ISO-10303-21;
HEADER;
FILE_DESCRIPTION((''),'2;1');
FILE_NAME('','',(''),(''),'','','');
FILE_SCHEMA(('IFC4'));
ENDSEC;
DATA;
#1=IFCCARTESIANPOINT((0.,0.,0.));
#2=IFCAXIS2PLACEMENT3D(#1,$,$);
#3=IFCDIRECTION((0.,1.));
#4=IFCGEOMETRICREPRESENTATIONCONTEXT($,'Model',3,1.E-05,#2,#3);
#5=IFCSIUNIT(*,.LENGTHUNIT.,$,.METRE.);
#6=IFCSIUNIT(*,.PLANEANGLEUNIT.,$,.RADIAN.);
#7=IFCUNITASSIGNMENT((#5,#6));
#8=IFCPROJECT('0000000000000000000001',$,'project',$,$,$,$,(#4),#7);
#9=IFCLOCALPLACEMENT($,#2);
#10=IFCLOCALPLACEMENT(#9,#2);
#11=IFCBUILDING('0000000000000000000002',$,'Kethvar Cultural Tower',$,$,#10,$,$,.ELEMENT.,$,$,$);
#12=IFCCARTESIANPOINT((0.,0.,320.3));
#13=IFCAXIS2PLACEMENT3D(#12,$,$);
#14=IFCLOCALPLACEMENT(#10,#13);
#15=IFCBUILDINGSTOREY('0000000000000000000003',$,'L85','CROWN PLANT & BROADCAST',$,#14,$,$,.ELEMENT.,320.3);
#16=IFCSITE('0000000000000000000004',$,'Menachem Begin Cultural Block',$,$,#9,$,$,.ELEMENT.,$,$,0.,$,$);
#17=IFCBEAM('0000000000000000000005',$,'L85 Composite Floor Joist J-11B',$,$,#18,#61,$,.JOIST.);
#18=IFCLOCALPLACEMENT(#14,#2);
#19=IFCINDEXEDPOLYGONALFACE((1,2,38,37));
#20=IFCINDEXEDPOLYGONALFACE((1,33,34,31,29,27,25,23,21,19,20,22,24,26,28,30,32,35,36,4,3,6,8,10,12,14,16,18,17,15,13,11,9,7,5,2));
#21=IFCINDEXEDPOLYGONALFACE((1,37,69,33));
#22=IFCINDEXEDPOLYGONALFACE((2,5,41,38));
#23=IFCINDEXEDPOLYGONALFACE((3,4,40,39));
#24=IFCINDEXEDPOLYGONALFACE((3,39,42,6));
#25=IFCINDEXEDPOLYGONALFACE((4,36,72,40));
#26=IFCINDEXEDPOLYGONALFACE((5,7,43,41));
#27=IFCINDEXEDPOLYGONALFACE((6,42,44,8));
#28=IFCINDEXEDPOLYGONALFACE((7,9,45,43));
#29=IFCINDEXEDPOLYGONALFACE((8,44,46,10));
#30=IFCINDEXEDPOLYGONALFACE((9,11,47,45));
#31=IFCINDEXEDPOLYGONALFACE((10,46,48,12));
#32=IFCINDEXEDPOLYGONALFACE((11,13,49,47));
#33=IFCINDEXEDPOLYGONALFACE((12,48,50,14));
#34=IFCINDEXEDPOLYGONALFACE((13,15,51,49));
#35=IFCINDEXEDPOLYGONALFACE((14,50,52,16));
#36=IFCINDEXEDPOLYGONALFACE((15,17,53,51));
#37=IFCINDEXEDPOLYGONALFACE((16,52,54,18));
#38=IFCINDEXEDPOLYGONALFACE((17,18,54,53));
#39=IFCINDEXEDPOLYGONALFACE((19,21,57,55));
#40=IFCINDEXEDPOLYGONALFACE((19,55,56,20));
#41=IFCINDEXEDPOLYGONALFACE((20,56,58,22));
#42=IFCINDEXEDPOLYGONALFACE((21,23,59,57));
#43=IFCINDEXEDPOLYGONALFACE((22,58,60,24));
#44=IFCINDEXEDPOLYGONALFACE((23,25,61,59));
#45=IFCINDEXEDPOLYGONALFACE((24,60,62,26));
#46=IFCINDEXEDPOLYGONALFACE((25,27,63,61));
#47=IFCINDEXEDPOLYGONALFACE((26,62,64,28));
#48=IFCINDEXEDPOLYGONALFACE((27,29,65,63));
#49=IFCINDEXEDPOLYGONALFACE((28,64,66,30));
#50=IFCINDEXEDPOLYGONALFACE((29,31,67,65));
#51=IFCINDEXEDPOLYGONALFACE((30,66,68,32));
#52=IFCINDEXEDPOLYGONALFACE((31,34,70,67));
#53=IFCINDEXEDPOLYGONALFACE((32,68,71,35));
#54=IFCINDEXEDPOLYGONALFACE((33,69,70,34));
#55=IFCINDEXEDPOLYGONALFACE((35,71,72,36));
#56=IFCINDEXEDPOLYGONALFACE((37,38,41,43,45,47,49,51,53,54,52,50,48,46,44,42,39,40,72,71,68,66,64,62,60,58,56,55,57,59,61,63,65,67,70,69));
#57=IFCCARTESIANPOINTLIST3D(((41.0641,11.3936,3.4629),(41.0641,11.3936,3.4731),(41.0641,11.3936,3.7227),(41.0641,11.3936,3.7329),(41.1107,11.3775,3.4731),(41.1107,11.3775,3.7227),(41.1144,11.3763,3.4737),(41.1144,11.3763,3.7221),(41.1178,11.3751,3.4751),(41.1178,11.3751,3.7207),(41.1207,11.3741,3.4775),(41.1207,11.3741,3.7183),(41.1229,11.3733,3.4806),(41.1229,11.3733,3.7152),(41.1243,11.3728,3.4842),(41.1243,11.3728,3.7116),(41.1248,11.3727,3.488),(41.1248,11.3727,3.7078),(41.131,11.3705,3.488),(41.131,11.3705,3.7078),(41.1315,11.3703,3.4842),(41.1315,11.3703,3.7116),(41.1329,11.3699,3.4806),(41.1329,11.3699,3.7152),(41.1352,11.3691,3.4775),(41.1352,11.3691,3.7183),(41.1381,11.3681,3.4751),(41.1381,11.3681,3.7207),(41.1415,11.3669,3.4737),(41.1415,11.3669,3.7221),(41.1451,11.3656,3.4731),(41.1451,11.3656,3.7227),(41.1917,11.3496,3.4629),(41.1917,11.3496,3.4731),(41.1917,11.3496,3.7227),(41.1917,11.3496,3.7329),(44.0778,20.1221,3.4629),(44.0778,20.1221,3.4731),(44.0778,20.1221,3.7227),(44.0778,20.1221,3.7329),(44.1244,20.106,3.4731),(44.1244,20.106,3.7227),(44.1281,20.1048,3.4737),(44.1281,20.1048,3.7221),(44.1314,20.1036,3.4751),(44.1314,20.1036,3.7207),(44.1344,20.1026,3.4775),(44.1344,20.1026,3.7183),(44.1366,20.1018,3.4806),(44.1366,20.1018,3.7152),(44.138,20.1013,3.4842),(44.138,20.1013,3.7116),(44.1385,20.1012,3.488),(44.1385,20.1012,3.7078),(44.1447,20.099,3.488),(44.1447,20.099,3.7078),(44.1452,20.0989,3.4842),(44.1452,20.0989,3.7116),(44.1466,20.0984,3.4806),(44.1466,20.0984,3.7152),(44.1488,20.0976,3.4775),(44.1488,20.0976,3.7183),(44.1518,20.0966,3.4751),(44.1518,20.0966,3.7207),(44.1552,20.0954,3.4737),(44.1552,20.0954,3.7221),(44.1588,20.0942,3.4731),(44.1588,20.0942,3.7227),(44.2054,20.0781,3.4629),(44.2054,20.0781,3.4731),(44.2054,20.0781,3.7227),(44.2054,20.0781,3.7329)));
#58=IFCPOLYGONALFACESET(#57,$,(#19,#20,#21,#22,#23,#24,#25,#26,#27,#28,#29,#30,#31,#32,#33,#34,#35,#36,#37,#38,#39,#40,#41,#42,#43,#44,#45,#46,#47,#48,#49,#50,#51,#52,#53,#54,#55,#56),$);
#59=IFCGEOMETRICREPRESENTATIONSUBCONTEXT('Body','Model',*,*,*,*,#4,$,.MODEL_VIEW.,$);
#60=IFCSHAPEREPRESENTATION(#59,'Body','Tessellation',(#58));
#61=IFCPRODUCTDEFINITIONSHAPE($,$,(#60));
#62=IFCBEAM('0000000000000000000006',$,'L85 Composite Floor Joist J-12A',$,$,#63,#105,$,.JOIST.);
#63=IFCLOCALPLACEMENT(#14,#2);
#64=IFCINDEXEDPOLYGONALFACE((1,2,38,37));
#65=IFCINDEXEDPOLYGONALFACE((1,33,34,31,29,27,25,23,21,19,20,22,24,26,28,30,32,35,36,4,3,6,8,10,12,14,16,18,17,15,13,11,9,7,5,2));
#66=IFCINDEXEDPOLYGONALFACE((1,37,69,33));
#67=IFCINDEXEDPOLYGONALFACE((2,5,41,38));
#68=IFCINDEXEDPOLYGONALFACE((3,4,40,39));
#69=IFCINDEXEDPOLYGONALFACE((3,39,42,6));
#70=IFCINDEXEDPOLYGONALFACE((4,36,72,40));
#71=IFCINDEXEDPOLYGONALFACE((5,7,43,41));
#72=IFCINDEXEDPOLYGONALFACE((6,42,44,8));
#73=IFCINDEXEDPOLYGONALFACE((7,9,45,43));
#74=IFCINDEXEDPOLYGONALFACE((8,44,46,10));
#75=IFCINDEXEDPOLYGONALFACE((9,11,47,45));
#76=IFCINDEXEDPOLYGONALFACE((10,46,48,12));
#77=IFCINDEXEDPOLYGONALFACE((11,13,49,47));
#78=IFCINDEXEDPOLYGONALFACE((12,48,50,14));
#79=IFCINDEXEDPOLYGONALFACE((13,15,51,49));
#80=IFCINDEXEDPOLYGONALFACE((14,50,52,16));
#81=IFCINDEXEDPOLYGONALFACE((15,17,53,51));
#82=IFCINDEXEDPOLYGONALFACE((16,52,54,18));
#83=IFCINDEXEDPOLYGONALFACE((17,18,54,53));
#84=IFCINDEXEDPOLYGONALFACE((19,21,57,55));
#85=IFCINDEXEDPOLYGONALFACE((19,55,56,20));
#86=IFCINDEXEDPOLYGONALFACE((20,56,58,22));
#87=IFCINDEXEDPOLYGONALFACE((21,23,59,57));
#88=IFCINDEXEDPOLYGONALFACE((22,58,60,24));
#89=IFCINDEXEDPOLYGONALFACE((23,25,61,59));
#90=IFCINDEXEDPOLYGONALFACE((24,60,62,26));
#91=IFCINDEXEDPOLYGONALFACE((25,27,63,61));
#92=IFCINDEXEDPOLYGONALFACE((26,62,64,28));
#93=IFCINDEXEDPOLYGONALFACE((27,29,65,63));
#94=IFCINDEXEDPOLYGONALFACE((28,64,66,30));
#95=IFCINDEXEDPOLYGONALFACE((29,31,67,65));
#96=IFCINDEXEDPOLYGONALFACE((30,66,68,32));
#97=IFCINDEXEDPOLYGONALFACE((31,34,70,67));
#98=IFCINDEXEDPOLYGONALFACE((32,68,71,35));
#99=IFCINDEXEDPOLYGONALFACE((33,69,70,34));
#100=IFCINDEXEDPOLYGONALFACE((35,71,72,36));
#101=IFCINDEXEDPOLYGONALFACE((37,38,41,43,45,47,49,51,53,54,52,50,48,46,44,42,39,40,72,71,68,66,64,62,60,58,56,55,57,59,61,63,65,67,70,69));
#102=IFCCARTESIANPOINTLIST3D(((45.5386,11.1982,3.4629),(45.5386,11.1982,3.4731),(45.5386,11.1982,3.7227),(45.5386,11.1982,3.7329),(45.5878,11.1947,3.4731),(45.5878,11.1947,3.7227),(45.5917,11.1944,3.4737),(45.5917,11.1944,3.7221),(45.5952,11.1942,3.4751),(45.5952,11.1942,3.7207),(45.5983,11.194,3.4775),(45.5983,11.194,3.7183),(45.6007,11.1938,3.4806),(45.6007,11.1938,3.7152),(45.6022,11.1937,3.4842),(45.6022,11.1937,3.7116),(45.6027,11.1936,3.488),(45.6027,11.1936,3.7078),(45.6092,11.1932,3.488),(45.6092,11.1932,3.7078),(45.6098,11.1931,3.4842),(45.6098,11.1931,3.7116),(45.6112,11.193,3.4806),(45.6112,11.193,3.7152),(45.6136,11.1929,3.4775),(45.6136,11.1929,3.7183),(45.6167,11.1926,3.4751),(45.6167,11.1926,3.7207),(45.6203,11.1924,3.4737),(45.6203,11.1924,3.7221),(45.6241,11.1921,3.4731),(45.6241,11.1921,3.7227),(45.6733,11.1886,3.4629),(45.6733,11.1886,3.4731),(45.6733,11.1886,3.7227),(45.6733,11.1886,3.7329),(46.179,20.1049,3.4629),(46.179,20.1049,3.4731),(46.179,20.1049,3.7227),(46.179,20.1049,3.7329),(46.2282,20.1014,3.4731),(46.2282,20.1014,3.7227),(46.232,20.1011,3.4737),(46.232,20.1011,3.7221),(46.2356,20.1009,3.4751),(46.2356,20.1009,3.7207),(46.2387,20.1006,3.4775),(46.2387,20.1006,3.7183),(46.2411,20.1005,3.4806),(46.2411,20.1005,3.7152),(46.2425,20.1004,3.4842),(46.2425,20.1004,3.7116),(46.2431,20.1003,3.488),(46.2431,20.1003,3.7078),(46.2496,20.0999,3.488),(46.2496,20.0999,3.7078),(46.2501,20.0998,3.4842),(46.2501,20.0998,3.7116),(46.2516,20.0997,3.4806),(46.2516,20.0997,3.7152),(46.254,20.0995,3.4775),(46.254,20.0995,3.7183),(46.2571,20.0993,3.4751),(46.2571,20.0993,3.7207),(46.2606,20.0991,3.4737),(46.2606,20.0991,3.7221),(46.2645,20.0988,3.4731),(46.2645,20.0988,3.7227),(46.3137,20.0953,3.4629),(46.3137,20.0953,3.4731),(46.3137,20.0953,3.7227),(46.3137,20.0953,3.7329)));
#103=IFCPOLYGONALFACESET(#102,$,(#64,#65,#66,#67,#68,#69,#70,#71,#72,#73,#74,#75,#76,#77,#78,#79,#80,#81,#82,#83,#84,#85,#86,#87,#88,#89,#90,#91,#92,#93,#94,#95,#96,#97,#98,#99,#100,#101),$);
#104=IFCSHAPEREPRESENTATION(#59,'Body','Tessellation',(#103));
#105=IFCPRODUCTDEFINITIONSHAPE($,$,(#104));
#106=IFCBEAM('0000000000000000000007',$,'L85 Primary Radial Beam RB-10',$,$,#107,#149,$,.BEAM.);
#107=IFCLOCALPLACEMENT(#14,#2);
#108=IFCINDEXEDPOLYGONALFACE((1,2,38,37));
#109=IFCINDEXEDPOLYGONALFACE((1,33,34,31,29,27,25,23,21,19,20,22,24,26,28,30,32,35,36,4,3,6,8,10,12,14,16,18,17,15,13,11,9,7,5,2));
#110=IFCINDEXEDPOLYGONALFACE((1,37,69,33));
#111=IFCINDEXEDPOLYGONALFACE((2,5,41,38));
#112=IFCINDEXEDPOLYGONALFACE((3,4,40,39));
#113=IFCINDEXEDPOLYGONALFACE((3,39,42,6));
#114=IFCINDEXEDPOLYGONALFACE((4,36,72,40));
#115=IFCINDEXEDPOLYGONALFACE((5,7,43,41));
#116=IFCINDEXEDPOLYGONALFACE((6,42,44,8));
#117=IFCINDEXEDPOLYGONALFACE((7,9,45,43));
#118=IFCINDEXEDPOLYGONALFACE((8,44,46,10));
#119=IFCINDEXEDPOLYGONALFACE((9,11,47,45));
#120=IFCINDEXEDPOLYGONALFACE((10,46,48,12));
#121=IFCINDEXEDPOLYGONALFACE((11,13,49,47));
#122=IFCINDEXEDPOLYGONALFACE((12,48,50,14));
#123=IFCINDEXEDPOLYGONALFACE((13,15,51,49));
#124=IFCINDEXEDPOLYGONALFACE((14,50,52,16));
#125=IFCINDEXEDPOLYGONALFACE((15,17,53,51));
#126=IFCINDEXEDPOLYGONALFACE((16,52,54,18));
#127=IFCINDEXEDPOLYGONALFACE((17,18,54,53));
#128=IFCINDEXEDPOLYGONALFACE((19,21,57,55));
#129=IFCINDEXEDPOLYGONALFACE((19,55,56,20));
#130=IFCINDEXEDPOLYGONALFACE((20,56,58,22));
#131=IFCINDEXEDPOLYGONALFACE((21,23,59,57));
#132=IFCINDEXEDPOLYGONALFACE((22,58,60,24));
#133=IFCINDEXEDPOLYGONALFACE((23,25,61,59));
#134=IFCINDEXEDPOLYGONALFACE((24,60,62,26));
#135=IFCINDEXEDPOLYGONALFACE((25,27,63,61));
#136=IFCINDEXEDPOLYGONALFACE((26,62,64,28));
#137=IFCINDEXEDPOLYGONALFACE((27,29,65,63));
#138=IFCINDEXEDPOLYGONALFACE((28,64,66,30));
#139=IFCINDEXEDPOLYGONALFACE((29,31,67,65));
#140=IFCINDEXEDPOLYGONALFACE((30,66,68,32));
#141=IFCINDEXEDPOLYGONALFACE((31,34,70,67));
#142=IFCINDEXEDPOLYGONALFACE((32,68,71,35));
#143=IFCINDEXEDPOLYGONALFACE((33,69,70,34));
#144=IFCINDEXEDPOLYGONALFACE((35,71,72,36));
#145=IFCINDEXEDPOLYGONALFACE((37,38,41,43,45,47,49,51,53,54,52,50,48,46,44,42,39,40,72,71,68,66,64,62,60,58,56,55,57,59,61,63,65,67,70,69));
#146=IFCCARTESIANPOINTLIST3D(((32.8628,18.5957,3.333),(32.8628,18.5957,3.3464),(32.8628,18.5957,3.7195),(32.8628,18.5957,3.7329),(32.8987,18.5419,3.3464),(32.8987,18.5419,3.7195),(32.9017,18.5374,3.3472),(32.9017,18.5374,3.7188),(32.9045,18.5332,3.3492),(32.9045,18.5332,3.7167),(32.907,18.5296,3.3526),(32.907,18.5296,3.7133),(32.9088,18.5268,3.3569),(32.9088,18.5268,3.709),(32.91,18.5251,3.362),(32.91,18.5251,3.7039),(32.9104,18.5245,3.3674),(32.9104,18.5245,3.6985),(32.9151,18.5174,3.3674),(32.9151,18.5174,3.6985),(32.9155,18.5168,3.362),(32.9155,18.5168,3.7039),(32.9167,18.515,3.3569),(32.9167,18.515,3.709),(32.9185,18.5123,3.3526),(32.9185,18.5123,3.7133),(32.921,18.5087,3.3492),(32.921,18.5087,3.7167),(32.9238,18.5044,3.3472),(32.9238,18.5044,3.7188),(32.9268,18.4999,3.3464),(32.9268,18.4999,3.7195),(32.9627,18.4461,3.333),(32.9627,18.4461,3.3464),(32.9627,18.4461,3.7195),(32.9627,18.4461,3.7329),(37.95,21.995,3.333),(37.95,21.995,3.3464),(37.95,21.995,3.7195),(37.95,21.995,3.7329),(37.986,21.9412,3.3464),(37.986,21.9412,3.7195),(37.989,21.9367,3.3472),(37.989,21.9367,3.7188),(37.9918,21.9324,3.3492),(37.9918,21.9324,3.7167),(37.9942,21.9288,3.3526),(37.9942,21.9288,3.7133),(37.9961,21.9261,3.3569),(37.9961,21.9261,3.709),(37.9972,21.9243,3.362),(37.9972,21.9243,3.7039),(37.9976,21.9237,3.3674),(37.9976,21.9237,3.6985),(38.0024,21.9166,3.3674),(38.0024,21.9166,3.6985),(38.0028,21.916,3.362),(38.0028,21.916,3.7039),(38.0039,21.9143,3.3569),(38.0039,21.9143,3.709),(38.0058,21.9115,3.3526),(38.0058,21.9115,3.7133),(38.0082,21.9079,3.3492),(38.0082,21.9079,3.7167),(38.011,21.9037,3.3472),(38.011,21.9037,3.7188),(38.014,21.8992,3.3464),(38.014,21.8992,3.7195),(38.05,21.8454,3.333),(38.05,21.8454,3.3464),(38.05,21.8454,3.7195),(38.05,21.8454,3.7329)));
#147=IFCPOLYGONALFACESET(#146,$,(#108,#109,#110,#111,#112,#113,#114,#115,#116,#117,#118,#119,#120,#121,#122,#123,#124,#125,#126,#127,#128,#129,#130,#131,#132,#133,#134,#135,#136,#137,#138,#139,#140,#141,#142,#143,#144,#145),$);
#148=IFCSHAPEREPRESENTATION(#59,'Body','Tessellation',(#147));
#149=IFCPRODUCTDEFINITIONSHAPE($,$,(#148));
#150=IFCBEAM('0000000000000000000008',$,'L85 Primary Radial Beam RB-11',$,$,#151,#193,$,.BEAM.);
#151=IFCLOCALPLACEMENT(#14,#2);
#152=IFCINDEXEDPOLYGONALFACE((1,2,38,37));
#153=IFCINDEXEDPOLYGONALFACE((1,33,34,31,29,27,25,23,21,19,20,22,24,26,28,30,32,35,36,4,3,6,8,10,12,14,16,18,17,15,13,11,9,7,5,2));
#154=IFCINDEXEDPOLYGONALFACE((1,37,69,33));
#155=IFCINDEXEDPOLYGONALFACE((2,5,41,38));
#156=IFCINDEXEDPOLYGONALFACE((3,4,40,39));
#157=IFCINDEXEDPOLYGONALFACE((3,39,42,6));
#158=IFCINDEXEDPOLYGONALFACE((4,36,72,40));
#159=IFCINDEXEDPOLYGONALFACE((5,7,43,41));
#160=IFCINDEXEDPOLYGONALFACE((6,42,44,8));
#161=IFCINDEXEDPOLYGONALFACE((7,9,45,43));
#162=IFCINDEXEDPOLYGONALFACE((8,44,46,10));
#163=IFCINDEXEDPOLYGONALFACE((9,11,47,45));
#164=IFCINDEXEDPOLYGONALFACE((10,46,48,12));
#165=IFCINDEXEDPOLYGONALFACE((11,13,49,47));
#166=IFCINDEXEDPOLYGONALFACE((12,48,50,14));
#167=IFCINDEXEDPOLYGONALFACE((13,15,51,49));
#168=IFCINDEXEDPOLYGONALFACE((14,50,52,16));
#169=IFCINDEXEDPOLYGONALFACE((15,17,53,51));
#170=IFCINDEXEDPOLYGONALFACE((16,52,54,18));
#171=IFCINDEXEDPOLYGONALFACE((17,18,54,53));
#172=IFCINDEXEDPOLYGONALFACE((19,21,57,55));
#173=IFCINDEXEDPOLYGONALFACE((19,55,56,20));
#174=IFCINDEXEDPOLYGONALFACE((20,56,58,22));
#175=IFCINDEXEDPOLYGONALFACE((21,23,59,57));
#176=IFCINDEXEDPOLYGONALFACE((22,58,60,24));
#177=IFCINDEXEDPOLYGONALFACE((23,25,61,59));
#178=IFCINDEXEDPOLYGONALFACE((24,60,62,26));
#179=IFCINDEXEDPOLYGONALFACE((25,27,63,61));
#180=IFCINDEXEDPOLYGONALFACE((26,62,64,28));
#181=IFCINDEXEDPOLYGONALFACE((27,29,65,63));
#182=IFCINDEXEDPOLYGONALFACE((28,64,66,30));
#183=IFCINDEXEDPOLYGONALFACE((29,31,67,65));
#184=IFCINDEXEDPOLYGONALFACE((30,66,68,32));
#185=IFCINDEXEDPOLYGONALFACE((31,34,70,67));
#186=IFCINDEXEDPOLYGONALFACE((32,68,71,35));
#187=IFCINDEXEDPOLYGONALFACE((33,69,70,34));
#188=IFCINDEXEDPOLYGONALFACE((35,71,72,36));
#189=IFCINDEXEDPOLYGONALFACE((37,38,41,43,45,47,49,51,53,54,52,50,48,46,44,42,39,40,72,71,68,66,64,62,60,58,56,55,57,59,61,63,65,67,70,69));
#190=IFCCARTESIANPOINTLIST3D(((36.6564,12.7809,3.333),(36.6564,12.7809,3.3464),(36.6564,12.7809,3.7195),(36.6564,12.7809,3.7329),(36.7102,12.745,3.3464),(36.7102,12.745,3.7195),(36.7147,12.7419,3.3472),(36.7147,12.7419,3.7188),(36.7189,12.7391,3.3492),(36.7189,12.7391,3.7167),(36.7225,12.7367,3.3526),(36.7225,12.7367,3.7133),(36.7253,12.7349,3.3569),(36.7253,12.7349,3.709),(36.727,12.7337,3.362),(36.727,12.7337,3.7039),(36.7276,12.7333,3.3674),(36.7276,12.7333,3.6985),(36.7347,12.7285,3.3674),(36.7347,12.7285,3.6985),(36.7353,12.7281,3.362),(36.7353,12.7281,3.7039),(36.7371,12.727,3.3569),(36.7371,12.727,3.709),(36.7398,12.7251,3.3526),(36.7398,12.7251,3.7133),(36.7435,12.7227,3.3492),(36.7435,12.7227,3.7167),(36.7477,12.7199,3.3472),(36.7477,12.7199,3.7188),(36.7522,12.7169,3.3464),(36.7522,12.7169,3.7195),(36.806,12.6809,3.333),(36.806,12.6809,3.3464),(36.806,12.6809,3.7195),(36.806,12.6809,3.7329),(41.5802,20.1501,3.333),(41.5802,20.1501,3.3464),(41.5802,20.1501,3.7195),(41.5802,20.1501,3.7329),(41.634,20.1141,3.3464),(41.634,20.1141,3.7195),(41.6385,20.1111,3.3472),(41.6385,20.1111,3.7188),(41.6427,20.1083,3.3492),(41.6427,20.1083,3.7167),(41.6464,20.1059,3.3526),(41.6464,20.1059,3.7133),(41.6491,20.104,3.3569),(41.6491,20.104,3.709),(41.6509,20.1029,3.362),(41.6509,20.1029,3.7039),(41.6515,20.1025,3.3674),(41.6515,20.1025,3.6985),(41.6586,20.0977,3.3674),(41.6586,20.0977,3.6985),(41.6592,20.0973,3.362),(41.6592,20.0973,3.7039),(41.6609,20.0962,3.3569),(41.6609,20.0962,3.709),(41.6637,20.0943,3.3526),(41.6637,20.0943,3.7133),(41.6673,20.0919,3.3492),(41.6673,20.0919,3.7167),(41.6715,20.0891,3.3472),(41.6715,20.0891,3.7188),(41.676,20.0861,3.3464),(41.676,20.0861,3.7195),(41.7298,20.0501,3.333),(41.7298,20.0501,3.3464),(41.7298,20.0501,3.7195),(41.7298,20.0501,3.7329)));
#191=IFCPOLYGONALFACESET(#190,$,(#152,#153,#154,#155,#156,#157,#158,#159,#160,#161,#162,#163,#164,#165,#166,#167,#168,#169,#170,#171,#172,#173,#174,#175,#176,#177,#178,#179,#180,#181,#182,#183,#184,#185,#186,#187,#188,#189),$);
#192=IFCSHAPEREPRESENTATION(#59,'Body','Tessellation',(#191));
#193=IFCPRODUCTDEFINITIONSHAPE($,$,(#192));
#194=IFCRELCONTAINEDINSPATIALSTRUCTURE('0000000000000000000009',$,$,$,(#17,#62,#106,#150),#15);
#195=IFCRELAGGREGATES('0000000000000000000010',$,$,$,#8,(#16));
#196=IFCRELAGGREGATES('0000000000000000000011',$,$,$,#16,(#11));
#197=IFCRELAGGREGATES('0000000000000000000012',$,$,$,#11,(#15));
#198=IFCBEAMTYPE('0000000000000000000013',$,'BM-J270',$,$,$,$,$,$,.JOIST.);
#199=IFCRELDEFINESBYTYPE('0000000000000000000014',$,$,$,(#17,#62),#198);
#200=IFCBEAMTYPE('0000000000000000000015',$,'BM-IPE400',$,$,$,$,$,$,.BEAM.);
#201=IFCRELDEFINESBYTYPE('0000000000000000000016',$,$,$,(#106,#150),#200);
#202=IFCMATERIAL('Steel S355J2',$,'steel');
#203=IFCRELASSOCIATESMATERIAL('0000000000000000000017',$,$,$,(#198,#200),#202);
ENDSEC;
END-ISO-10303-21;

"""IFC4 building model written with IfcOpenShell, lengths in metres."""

from ifc_helpers import new_model, si_unit, direction, frame, origin, origin_2d, place, context, subcontext, project, spatial, i_section, extrude, source, transform, mapped, material, material_profile, profile_set, type_object, element, save


model = new_model("IFC4")

# Units and contexts
model_context = context("Model", 3, precision=1e-05, world=origin(), true_north=direction((0.0, 1.0)))
body_context = subcontext(model_context, "Body", "Model", "MODEL_VIEW")
ifc_project = project(units=[si_unit("LENGTHUNIT", "METRE"), si_unit("PLANEANGLEUNIT", "RADIAN")], contexts=[model_context])

# Site, building, storey
site_placement = place(None, origin())
site = spatial("IfcSite", under=ifc_project, at=site_placement, Name="Menachem Begin Cultural Block", CompositionType="ELEMENT", RefElevation=0.0)
building_placement = place(site_placement, origin())
building = spatial("IfcBuilding", under=site, at=building_placement, Name="Kethvar Cultural Tower", CompositionType="ELEMENT")
storey_placement = place(building_placement, frame((0.0, 0.0, 320.3)))
storey = spatial("IfcBuildingStorey", under=building, at=storey_placement, Name="L85", Description="CROWN PLANT & BROADCAST", CompositionType="ELEMENT", Elevation=320.3)

# Beams
ifc_material_1 = material(Name="Steel S355J2", Category="steel")
ifc_material_profile_1 = material_profile(ifc_material_1, i_section(OverallWidth=0.135, OverallDepth=0.27, WebThickness=0.0066, FlangeThickness=0.0103, FilletRadius=0.0149, at=origin_2d()), Name="Steel S355J2 — IPE270")
ifc_profile_set_1 = profile_set([ifc_material_profile_1], Name="Steel S355J2 — IPE270")
beam_type_1 = type_object("IfcBeamType", Name="BM-J270", PredefinedType="JOIST", material=ifc_profile_set_1)
shared_shape_1 = source(origin(), body_context, "Body", "SweptSolid", [
    extrude(i_section(OverallWidth=0.135, OverallDepth=0.27, WebThickness=0.0066, FlangeThickness=0.0103, FilletRadius=0.0149, at=origin_2d()), origin(), (0.0, 0.0, 1.0), 9.2341),
])
beam_1_placement = place(storey_placement, frame((44.1416, 20.1001, 3.5979), z_axis=(-0.326362, -0.945245, 0.0), x_axis=(0.945245, -0.326362, 0.0)))
element("IfcBeam", 1, at=beam_1_placement, inside=storey, type_object=beam_type_1, Name="L85 Composite Floor Joist J-11B", PredefinedType="JOIST", context=body_context, shape_type="MappedRepresentation", body=[
    mapped(shared_shape_1, transform((0.0, 0.0, 0.0), scale=1.0)),
])
shared_shape_2 = source(origin(), body_context, "Body", "SweptSolid", [
    extrude(i_section(OverallWidth=0.135, OverallDepth=0.27, WebThickness=0.0066, FlangeThickness=0.0103, FilletRadius=0.0149, at=origin_2d()), origin(), (0.0, 0.0, 1.0), 8.9297),
])
beam_2_placement = place(storey_placement, frame((46.2463, 20.1001, 3.5979), z_axis=(-0.071713, -0.997425, 0.0), x_axis=(0.997425, -0.071713, 0.0)))
element("IfcBeam", 2, at=beam_2_placement, inside=storey, type_object=beam_type_1, Name="L85 Composite Floor Joist J-12A", PredefinedType="JOIST", context=body_context, shape_type="MappedRepresentation", body=[
    mapped(shared_shape_2, transform((0.0, 0.0, 0.0), scale=1.0)),
])
ifc_material_profile_2 = material_profile(ifc_material_1, i_section(OverallWidth=0.1799, OverallDepth=0.3999, WebThickness=0.0085, FlangeThickness=0.0134, FilletRadius=0.021, at=origin_2d()), Name="Steel S355J2 — IPE400")
ifc_profile_set_2 = profile_set([ifc_material_profile_2], Name="Steel S355J2 — IPE400")
beam_type_2 = type_object("IfcBeamType", Name="BM-IPE400", PredefinedType="BEAM", material=ifc_profile_set_2)
shared_shape_3 = source(origin(), body_context, "Body", "SweptSolid", [
    extrude(i_section(OverallWidth=0.1799, OverallDepth=0.3999, WebThickness=0.0085, FlangeThickness=0.0134, FilletRadius=0.021, at=origin_2d()), origin(), (0.0, 0.0, 1.0), 6.1184),
])
beam_3_placement = place(storey_placement, frame((38.0, 21.9202, 3.533), z_axis=(-0.831467, -0.555575, 0.0), x_axis=(0.555575, -0.831467, 0.0)))
element("IfcBeam", 3, at=beam_3_placement, inside=storey, type_object=beam_type_2, Name="L85 Primary Radial Beam RB-10", PredefinedType="BEAM", context=body_context, shape_type="MappedRepresentation", body=[
    mapped(shared_shape_3, transform((0.0, 0.0, 0.0), scale=1.0)),
])
shared_shape_4 = source(origin(), body_context, "Body", "SweptSolid", [
    extrude(i_section(OverallWidth=0.1799, OverallDepth=0.3999, WebThickness=0.0085, FlangeThickness=0.0134, FilletRadius=0.021, at=origin_2d()), origin(), (0.0, 0.0, 1.0), 8.8628),
])
beam_4_placement = place(storey_placement, frame((41.655, 20.1001, 3.533), z_axis=(-0.555564, -0.831473, 0.0), x_axis=(0.831473, -0.555564, 0.0)))
element("IfcBeam", 4, at=beam_4_placement, inside=storey, type_object=beam_type_2, Name="L85 Primary Radial Beam RB-11", PredefinedType="BEAM", context=body_context, shape_type="MappedRepresentation", body=[
    mapped(shared_shape_4, transform((0.0, 0.0, 0.0), scale=1.0)),
])

save(model, "model.ifc")
